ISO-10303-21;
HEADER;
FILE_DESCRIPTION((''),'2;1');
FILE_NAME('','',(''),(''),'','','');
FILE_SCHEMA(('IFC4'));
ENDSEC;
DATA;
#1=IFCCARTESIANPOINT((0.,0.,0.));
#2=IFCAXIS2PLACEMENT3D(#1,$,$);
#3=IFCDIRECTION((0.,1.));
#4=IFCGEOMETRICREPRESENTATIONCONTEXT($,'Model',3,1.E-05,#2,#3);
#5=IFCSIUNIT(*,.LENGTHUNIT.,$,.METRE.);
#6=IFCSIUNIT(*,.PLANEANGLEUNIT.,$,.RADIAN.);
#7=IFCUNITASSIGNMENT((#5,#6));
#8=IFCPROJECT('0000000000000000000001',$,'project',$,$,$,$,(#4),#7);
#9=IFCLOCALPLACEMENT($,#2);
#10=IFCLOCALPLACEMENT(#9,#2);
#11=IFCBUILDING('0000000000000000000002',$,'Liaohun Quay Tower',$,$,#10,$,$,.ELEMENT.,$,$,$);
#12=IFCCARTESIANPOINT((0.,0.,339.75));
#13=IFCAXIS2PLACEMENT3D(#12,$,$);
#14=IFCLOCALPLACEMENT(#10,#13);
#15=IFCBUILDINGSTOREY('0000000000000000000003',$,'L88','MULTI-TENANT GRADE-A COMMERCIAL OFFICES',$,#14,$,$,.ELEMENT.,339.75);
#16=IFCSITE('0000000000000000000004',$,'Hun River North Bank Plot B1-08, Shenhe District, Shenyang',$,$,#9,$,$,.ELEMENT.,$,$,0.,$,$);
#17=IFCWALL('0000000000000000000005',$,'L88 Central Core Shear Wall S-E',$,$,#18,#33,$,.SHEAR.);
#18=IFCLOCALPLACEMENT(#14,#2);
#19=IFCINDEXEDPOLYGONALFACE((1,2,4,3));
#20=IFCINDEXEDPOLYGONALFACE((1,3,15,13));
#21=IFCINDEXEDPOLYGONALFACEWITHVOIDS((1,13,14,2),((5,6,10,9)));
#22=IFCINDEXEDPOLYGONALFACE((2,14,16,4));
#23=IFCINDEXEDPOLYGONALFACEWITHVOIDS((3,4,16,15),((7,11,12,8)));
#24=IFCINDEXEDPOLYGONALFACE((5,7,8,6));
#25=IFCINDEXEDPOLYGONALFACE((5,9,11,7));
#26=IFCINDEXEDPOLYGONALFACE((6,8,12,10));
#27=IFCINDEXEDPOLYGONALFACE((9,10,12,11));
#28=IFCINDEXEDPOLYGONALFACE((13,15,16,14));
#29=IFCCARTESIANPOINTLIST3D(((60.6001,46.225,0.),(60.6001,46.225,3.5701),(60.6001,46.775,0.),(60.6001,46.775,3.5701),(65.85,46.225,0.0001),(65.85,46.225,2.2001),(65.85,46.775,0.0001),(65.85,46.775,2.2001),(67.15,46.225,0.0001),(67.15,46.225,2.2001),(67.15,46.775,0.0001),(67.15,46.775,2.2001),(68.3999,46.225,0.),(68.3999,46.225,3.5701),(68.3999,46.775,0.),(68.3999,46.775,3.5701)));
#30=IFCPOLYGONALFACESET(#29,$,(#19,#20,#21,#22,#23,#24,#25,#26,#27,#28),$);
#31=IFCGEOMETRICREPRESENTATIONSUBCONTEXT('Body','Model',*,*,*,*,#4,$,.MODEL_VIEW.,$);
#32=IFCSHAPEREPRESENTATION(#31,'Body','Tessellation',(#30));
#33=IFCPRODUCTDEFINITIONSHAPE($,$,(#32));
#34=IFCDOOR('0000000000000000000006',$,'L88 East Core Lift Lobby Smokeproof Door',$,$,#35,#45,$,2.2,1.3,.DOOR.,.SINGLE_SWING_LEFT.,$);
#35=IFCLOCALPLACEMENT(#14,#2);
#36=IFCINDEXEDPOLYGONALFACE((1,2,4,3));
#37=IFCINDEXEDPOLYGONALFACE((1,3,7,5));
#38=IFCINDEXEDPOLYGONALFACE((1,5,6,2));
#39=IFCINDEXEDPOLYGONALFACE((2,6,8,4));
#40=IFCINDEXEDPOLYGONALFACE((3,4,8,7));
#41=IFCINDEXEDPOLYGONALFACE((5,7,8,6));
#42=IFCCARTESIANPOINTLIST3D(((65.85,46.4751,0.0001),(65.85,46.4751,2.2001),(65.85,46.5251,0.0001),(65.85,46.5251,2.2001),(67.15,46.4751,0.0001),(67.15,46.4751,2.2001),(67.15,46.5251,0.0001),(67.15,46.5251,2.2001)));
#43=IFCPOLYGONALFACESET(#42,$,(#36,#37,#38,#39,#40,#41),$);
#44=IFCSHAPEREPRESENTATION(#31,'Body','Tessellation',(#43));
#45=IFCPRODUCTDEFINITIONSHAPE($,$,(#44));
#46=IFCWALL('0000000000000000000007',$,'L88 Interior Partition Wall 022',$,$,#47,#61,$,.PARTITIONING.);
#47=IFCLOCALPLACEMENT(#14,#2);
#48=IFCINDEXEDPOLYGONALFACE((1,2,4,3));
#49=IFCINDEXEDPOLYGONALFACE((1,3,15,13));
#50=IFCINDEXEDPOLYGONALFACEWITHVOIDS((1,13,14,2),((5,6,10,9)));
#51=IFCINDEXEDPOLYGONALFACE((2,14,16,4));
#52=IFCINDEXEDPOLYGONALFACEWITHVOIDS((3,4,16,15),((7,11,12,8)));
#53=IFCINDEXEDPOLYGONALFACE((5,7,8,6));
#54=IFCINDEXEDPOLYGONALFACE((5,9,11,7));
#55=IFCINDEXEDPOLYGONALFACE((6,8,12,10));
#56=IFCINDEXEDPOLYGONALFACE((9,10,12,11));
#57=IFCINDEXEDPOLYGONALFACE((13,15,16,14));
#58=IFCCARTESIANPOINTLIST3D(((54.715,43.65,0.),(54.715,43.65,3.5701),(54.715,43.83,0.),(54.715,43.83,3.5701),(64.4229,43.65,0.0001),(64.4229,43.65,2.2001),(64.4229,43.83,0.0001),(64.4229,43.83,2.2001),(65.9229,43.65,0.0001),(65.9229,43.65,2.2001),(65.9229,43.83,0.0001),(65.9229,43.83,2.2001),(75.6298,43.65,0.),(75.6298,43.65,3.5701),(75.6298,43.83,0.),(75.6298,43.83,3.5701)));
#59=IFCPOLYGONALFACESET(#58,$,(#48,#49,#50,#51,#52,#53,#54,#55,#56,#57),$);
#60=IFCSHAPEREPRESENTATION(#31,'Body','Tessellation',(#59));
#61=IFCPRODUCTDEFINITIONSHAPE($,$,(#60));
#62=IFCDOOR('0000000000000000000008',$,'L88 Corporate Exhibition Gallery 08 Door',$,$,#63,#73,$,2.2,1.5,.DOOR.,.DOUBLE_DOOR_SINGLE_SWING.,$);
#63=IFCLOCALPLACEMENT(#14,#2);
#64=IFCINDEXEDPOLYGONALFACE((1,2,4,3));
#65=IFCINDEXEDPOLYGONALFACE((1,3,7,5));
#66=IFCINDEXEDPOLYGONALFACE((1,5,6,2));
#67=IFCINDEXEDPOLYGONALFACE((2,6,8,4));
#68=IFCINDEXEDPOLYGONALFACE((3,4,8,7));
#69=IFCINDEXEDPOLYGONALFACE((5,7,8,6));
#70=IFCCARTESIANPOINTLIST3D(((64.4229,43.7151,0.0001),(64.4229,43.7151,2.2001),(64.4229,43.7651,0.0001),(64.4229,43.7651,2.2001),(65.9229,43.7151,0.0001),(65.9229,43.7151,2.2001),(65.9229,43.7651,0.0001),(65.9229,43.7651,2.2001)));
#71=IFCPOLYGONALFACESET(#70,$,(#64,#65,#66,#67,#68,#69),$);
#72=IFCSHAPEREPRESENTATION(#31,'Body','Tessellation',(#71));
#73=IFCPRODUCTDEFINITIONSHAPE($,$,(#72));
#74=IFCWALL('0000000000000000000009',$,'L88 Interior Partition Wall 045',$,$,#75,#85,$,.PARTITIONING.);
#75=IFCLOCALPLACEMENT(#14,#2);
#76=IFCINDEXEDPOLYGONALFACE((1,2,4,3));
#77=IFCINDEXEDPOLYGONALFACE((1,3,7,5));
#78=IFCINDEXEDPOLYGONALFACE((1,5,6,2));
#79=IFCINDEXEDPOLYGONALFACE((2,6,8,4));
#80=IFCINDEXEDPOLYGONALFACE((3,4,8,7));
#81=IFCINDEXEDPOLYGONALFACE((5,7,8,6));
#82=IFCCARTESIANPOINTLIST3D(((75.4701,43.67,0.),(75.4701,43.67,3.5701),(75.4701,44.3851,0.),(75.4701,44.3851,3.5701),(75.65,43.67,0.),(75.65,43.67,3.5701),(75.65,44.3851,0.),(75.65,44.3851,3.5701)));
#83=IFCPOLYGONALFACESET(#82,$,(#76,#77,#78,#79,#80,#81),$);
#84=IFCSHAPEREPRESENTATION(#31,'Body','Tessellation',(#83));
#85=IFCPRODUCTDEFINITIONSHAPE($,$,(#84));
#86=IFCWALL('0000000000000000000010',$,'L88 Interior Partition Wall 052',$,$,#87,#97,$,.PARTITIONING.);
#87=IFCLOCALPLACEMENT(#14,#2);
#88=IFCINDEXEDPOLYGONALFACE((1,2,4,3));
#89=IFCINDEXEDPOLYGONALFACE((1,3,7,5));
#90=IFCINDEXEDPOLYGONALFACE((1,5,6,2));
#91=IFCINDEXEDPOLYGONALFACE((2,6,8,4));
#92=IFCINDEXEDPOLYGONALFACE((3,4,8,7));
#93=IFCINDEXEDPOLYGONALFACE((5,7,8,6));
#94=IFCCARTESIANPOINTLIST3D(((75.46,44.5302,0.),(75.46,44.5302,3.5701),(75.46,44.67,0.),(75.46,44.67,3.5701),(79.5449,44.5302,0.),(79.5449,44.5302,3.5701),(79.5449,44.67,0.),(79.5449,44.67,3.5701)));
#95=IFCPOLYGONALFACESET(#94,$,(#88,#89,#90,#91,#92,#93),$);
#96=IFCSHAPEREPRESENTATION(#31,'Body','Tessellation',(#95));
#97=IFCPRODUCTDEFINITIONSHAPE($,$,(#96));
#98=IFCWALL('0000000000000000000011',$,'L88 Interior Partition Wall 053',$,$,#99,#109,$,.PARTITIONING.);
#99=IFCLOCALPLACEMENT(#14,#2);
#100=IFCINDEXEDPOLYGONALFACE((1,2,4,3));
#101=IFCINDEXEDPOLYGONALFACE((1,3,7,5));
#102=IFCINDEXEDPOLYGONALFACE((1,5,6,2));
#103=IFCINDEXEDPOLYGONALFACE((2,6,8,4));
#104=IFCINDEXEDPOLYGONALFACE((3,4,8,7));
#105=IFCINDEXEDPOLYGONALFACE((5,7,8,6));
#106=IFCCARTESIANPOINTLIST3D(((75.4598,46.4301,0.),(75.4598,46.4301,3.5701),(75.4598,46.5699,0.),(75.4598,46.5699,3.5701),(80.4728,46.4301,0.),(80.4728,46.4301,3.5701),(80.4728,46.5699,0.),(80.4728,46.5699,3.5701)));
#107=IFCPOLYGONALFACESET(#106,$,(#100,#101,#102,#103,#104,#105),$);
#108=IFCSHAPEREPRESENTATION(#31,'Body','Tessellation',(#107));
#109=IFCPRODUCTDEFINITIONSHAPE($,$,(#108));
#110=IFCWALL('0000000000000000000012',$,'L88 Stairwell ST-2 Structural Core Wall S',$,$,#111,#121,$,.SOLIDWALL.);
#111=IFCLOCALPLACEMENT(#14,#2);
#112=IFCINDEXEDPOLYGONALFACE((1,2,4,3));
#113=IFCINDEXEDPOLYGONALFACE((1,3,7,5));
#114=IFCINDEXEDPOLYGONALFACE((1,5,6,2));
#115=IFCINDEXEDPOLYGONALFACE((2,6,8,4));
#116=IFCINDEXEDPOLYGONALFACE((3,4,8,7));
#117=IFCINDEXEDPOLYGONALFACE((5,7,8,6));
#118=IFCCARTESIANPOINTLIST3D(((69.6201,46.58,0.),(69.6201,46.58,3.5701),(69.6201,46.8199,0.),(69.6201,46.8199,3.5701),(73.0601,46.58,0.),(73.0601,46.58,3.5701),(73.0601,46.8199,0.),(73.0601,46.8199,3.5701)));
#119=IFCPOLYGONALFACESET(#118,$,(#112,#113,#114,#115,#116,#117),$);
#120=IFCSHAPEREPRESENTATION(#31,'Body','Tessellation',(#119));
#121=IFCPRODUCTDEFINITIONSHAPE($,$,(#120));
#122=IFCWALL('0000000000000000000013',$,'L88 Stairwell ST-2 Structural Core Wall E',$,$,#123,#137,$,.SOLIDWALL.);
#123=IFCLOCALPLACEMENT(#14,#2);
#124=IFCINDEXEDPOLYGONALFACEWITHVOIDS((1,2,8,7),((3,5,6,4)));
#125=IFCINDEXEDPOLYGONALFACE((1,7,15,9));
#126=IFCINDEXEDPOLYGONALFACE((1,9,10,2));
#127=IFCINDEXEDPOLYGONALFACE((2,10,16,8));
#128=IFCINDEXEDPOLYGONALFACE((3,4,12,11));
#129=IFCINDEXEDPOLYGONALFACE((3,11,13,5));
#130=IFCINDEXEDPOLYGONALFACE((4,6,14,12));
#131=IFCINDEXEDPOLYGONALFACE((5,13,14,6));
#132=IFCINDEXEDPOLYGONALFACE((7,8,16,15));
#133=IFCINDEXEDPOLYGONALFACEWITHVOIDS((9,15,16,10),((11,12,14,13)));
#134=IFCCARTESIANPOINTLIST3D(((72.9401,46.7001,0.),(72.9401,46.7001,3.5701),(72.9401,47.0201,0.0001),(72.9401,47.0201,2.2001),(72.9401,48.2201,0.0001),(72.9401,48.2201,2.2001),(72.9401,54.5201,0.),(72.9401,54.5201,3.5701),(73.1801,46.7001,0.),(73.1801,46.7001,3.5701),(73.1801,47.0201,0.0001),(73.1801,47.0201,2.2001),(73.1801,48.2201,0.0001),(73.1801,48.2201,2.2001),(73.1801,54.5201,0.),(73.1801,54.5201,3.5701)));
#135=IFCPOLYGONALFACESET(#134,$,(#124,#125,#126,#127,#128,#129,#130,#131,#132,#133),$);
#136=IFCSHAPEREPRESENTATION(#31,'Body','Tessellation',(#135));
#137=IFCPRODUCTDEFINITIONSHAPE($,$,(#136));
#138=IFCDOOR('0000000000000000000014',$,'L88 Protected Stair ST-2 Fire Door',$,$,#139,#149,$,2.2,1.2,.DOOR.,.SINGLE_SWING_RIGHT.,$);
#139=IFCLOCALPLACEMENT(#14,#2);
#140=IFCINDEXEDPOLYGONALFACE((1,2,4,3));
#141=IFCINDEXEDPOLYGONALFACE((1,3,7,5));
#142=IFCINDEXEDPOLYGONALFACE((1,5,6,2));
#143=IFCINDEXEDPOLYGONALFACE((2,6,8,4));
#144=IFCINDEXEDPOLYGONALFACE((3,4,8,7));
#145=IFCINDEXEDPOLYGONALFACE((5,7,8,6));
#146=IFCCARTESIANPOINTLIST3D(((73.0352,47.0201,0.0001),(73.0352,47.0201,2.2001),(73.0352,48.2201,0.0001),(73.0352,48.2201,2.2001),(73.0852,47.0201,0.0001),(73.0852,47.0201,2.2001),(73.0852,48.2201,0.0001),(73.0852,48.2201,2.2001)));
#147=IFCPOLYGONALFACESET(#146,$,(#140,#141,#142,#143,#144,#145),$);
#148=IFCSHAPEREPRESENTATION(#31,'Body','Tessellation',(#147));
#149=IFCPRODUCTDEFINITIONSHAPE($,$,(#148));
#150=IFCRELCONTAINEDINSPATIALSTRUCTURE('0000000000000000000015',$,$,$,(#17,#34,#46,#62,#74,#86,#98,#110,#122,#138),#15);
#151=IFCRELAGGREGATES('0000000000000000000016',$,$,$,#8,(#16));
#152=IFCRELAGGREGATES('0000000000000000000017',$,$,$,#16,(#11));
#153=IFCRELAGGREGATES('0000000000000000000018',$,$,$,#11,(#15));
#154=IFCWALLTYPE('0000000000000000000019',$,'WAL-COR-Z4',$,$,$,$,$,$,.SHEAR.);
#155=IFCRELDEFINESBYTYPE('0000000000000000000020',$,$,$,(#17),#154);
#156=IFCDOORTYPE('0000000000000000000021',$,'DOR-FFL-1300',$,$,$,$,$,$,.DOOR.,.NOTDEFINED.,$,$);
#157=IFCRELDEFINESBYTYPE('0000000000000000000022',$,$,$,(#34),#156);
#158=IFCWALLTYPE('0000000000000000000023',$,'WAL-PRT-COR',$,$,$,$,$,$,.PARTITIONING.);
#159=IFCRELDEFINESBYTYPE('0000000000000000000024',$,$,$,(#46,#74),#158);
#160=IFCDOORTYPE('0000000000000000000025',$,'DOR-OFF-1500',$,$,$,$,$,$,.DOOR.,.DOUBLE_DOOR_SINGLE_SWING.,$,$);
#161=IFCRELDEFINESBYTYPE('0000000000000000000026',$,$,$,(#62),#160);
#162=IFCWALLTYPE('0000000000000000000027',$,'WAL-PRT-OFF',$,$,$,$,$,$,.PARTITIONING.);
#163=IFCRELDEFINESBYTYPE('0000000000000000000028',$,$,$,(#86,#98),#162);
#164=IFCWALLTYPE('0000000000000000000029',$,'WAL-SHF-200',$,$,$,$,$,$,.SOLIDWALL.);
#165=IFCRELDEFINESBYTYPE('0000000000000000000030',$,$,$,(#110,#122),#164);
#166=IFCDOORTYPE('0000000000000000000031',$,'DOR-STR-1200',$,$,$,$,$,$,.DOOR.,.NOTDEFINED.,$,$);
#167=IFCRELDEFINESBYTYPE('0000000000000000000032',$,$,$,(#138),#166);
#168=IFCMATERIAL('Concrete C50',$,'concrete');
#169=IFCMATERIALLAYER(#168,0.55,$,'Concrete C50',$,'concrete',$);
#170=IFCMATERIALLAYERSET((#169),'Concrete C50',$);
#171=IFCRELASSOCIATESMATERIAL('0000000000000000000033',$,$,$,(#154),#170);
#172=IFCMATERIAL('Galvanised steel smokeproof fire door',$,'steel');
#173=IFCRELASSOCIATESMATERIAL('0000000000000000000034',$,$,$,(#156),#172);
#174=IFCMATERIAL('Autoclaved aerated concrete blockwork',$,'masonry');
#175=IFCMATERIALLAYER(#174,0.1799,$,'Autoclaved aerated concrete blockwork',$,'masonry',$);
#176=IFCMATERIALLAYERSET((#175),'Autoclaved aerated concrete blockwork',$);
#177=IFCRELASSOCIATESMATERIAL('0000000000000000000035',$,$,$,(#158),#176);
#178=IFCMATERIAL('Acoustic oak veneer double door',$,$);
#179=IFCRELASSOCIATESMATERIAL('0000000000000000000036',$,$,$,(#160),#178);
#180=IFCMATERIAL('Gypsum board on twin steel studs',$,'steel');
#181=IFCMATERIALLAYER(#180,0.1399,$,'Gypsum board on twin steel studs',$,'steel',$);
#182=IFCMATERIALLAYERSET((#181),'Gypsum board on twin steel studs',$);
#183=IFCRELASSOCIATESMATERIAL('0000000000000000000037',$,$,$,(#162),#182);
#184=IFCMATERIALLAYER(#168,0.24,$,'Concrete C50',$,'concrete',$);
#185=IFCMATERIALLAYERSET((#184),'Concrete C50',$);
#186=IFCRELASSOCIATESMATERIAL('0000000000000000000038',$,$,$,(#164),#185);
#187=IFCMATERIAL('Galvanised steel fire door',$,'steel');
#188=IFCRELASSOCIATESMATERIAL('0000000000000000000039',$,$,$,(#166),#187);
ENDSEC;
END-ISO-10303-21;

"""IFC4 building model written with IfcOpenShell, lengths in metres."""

from ifc_helpers import new_model, si_unit, direction, frame, frame_2d, origin, place, context, subcontext, project, spatial, rectangle, extrude, source, transform, mapped, material, layer, layer_set, type_object, element, fill, save


model = new_model("IFC4")

# Units and contexts
model_context = context("Model", 3, precision=1e-05, world=origin(), true_north=direction((0.0, 1.0)))
body_context = subcontext(model_context, "Body", "Model", "MODEL_VIEW")
ifc_project = project(units=[si_unit("LENGTHUNIT", "METRE"), si_unit("PLANEANGLEUNIT", "RADIAN")], contexts=[model_context])

# Site, building, storey
site_placement = place(None, origin())
site = spatial("IfcSite", under=ifc_project, at=site_placement, Name="Hun River North Bank Plot B1-08, Shenhe District, Shenyang", CompositionType="ELEMENT", RefElevation=0.0)
building_placement = place(site_placement, origin())
building = spatial("IfcBuilding", under=site, at=building_placement, Name="Liaohun Quay Tower", CompositionType="ELEMENT")
storey_placement = place(building_placement, frame((0.0, 0.0, 339.75)))
storey = spatial("IfcBuildingStorey", under=building, at=storey_placement, Name="L88", Description="MULTI-TENANT GRADE-A COMMERCIAL OFFICES", CompositionType="ELEMENT", Elevation=339.75)

# Shared definitions
ifc_material_1 = material(Name="Concrete C50", Category="concrete")

# Walls, openings, doors
ifc_layer_1 = layer(ifc_material_1, 0.55, Name="Concrete C50", Category="concrete")
ifc_layer_set_1 = layer_set([ifc_layer_1], Name="Concrete C50")
wall_type_1 = type_object("IfcWallType", Name="WAL-COR-Z4", PredefinedType="SHEAR", material=ifc_layer_set_1)
wall_1_placement = place(storey_placement, frame((68.3999, 46.5, 0.0), z_axis=(0.0, 0.0, 1.0), x_axis=(-1.0, 0.0, 0.0)))
wall_1 = element("IfcWall", 1, at=wall_1_placement, inside=storey, type_object=wall_type_1, Name="L88 Central Core Shear Wall S-E", PredefinedType="SHEAR", context=body_context, shape_type="SweptSolid", body=[
    extrude(rectangle(XDim=7.7998, YDim=0.55, at=frame_2d((3.8999, 0.0))), origin(), (0.0, 0.0, 1.0), 3.5701),
])
shared_shape_1 = source(origin(), body_context, "Body", "SweptSolid", [
    extrude(rectangle(XDim=1.3, YDim=2.2, at=frame_2d((0.6499, 1.1001))), frame((0.0, 0.2849, 0.0), z_axis=(0.0, -1.0, 0.0), x_axis=(1.0, 0.0, 0.0)), (0.0, 0.0, 1.0), 0.5701),
])
opening_1_placement = place(wall_1_placement, frame((1.25, 0.0, 0.0)))
opening_1 = element("IfcOpeningElement", 2, at=opening_1_placement, cuts=wall_1, PredefinedType="OPENING", context=body_context, shape_type="MappedRepresentation", body=[
    mapped(shared_shape_1, transform((0.0, 0.0, 0.0), x_axis=(1.0, 0.0, 0.0), y_axis=(0.0, 1.0, 0.0), z_axis=(0.0, 0.0, 1.0), scale=1.0)),
])
ifc_material_2 = material(Name="Galvanised steel smokeproof fire door", Category="steel")
door_type_1 = type_object("IfcDoorType", Name="DOR-FFL-1300", OperationType="NOTDEFINED", PredefinedType="DOOR", material=ifc_material_2)
shared_shape_2 = source(origin(), body_context, "Body", "SweptSolid", [
    extrude(rectangle(XDim=1.3, YDim=2.2, at=frame_2d((0.6499, 1.1001))), frame((0.0, 0.0249, 0.0), z_axis=(0.0, -1.0, 0.0), x_axis=(1.0, 0.0, 0.0)), (0.0, 0.0, 1.0), 0.05),
])
door_1_placement = place(opening_1_placement, origin())
door_1 = element("IfcDoor", 3, at=door_1_placement, inside=storey, type_object=door_type_1, Name="L88 East Core Lift Lobby Smokeproof Door", OperationType="SINGLE_SWING_LEFT", OverallHeight=2.2, OverallWidth=1.3, PredefinedType="DOOR", context=body_context, shape_type="MappedRepresentation", body=[
    mapped(shared_shape_2, transform((0.0, 0.0, 0.0), x_axis=(1.0, 0.0, 0.0), y_axis=(0.0, 1.0, 0.0), z_axis=(0.0, 0.0, 1.0), scale=1.0)),
])
fill(opening_1, door_1)
ifc_material_3 = material(Name="Autoclaved aerated concrete blockwork", Category="masonry")
ifc_layer_2 = layer(ifc_material_3, 0.1799, Name="Autoclaved aerated concrete blockwork", Category="masonry")
ifc_layer_set_2 = layer_set([ifc_layer_2], Name="Autoclaved aerated concrete blockwork")
wall_type_2 = type_object("IfcWallType", Name="WAL-PRT-COR", PredefinedType="PARTITIONING", material=ifc_layer_set_2)
wall_2_placement = place(storey_placement, frame((75.6299, 43.74, 0.0), z_axis=(0.0, 0.0, 1.0), x_axis=(-1.0, 0.0, 0.0)))
wall_2 = element("IfcWall", 4, at=wall_2_placement, inside=storey, type_object=wall_type_2, Name="L88 Interior Partition Wall 022", PredefinedType="PARTITIONING", context=body_context, shape_type="SweptSolid", body=[
    extrude(rectangle(XDim=20.9148, YDim=0.1799, at=frame_2d((10.4575, 0.0))), origin(), (0.0, 0.0, 1.0), 3.5701),
])
shared_shape_3 = source(origin(), body_context, "Body", "SweptSolid", [
    extrude(rectangle(XDim=1.5, YDim=2.2, at=frame_2d((0.75, 1.1001))), frame((0.0, 0.0999, 0.0), z_axis=(0.0, -1.0, 0.0), x_axis=(1.0, 0.0, 0.0)), (0.0, 0.0, 1.0), 0.2),
])
opening_2_placement = place(wall_2_placement, frame((9.707, 0.0, 0.0)))
opening_2 = element("IfcOpeningElement", 5, at=opening_2_placement, cuts=wall_2, PredefinedType="OPENING", context=body_context, shape_type="MappedRepresentation", body=[
    mapped(shared_shape_3, transform((0.0, 0.0, 0.0), x_axis=(1.0, 0.0, 0.0), y_axis=(0.0, 1.0, 0.0), z_axis=(0.0, 0.0, 1.0), scale=1.0)),
])
ifc_material_4 = material(Name="Acoustic oak veneer double door")
door_type_2 = type_object("IfcDoorType", Name="DOR-OFF-1500", OperationType="DOUBLE_DOOR_SINGLE_SWING", PredefinedType="DOOR", material=ifc_material_4)
shared_shape_4 = source(origin(), body_context, "Body", "SweptSolid", [
    extrude(rectangle(XDim=1.5, YDim=2.2, at=frame_2d((0.75, 1.1001))), frame((0.0, 0.0249, 0.0), z_axis=(0.0, -1.0, 0.0), x_axis=(1.0, 0.0, 0.0)), (0.0, 0.0, 1.0), 0.05),
])
door_2_placement = place(opening_2_placement, origin())
door_2 = element("IfcDoor", 6, at=door_2_placement, inside=storey, type_object=door_type_2, Name="L88 Corporate Exhibition Gallery 08 Door", OperationType="DOUBLE_DOOR_SINGLE_SWING", OverallHeight=2.2, OverallWidth=1.5, PredefinedType="DOOR", context=body_context, shape_type="MappedRepresentation", body=[
    mapped(shared_shape_4, transform((0.0, 0.0, 0.0), x_axis=(1.0, 0.0, 0.0), y_axis=(0.0, 1.0, 0.0), z_axis=(0.0, 0.0, 1.0), scale=1.0)),
])
fill(opening_2, door_2)

# Walls
wall_3_placement = place(storey_placement, frame((75.5601, 44.385, 0.0), z_axis=(0.0, 0.0, 1.0), x_axis=(0.0, -1.0, 0.0)))
element("IfcWall", 7, at=wall_3_placement, inside=storey, type_object=wall_type_2, Name="L88 Interior Partition Wall 045", PredefinedType="PARTITIONING", context=body_context, shape_type="SweptSolid", body=[
    extrude(rectangle(XDim=0.7151, YDim=0.1799, at=frame_2d((0.3574, 0.0))), origin(), (0.0, 0.0, 1.0), 3.5701),
])
ifc_material_5 = material(Name="Gypsum board on twin steel studs", Category="steel")
ifc_layer_3 = layer(ifc_material_5, 0.1399, Name="Gypsum board on twin steel studs", Category="steel")
ifc_layer_set_3 = layer_set([ifc_layer_3], Name="Gypsum board on twin steel studs")
wall_type_3 = type_object("IfcWallType", Name="WAL-PRT-OFF", PredefinedType="PARTITIONING", material=ifc_layer_set_3)
wall_4_placement = place(storey_placement, frame((75.46, 44.6001, 0.0), z_axis=(0.0, 0.0, 1.0), x_axis=(1.0, 0.0, 0.0)))
element("IfcWall", 8, at=wall_4_placement, inside=storey, type_object=wall_type_3, Name="L88 Interior Partition Wall 052", PredefinedType="PARTITIONING", context=body_context, shape_type="SweptSolid", body=[
    extrude(rectangle(XDim=4.085, YDim=0.1399, at=frame_2d((2.0425, 0.0))), origin(), (0.0, 0.0, 1.0), 3.5701),
])
wall_5_placement = place(storey_placement, frame((75.46, 46.5, 0.0), z_axis=(0.0, 0.0, 1.0), x_axis=(1.0, 0.0, 0.0)))
element("IfcWall", 9, at=wall_5_placement, inside=storey, type_object=wall_type_3, Name="L88 Interior Partition Wall 053", PredefinedType="PARTITIONING", context=body_context, shape_type="SweptSolid", body=[
    extrude(rectangle(XDim=5.0129, YDim=0.1399, at=frame_2d((2.5063, 0.0))), origin(), (0.0, 0.0, 1.0), 3.5701),
])
ifc_layer_4 = layer(ifc_material_1, 0.24, Name="Concrete C50", Category="concrete")
ifc_layer_set_4 = layer_set([ifc_layer_4], Name="Concrete C50")
wall_type_4 = type_object("IfcWallType", Name="WAL-SHF-200", PredefinedType="SOLIDWALL", material=ifc_layer_set_4)
wall_6_placement = place(storey_placement, frame((69.6201, 46.7, 0.0), z_axis=(0.0, 0.0, 1.0), x_axis=(1.0, 0.0, 0.0)))
element("IfcWall", 10, at=wall_6_placement, inside=storey, type_object=wall_type_4, Name="L88 Stairwell ST-2 Structural Core Wall S", PredefinedType="SOLIDWALL", context=body_context, shape_type="SweptSolid", body=[
    extrude(rectangle(XDim=3.4399, YDim=0.24, at=frame_2d((1.72, 0.0))), origin(), (0.0, 0.0, 1.0), 3.5701),
])

# Wall, opening, door
wall_7_placement = place(storey_placement, frame((73.0601, 46.7, 0.0), z_axis=(0.0, 0.0, 1.0), x_axis=(0.0, 1.0, 0.0)))
wall_7 = element("IfcWall", 11, at=wall_7_placement, inside=storey, type_object=wall_type_4, Name="L88 Stairwell ST-2 Structural Core Wall E", PredefinedType="SOLIDWALL", context=body_context, shape_type="SweptSolid", body=[
    extrude(rectangle(XDim=7.8201, YDim=0.24, at=frame_2d((3.9102, 0.0))), origin(), (0.0, 0.0, 1.0), 3.5701),
])
shared_shape_5 = source(origin(), body_context, "Body", "SweptSolid", [
    extrude(rectangle(XDim=1.2, YDim=2.2, at=frame_2d((0.6001, 1.1001))), frame((0.0, 0.1299, 0.0), z_axis=(0.0, -1.0, 0.0), x_axis=(1.0, 0.0, 0.0)), (0.0, 0.0, 1.0), 0.26),
])
opening_3_placement = place(wall_7_placement, frame((0.3201, 0.0, 0.0)))
opening_3 = element("IfcOpeningElement", 12, at=opening_3_placement, cuts=wall_7, PredefinedType="OPENING", context=body_context, shape_type="MappedRepresentation", body=[
    mapped(shared_shape_5, transform((0.0, 0.0, 0.0), x_axis=(1.0, 0.0, 0.0), y_axis=(0.0, 1.0, 0.0), z_axis=(0.0, 0.0, 1.0), scale=1.0)),
])
ifc_material_6 = material(Name="Galvanised steel fire door", Category="steel")
door_type_3 = type_object("IfcDoorType", Name="DOR-STR-1200", OperationType="NOTDEFINED", PredefinedType="DOOR", material=ifc_material_6)
shared_shape_6 = source(origin(), body_context, "Body", "SweptSolid", [
    extrude(rectangle(XDim=1.2, YDim=2.2, at=frame_2d((0.6001, 1.1001))), frame((0.0, 0.0249, 0.0), z_axis=(0.0, -1.0, 0.0), x_axis=(1.0, 0.0, 0.0)), (0.0, 0.0, 1.0), 0.05),
])
door_3_placement = place(opening_3_placement, origin())
door_3 = element("IfcDoor", 13, at=door_3_placement, inside=storey, type_object=door_type_3, Name="L88 Protected Stair ST-2 Fire Door", OperationType="SINGLE_SWING_RIGHT", OverallHeight=2.2, OverallWidth=1.2, PredefinedType="DOOR", context=body_context, shape_type="MappedRepresentation", body=[
    mapped(shared_shape_6, transform((0.0, 0.0, 0.0), x_axis=(1.0, 0.0, 0.0), y_axis=(0.0, 1.0, 0.0), z_axis=(0.0, 0.0, 1.0), scale=1.0)),
])
fill(opening_3, door_3)

save(model, "model.ifc")
